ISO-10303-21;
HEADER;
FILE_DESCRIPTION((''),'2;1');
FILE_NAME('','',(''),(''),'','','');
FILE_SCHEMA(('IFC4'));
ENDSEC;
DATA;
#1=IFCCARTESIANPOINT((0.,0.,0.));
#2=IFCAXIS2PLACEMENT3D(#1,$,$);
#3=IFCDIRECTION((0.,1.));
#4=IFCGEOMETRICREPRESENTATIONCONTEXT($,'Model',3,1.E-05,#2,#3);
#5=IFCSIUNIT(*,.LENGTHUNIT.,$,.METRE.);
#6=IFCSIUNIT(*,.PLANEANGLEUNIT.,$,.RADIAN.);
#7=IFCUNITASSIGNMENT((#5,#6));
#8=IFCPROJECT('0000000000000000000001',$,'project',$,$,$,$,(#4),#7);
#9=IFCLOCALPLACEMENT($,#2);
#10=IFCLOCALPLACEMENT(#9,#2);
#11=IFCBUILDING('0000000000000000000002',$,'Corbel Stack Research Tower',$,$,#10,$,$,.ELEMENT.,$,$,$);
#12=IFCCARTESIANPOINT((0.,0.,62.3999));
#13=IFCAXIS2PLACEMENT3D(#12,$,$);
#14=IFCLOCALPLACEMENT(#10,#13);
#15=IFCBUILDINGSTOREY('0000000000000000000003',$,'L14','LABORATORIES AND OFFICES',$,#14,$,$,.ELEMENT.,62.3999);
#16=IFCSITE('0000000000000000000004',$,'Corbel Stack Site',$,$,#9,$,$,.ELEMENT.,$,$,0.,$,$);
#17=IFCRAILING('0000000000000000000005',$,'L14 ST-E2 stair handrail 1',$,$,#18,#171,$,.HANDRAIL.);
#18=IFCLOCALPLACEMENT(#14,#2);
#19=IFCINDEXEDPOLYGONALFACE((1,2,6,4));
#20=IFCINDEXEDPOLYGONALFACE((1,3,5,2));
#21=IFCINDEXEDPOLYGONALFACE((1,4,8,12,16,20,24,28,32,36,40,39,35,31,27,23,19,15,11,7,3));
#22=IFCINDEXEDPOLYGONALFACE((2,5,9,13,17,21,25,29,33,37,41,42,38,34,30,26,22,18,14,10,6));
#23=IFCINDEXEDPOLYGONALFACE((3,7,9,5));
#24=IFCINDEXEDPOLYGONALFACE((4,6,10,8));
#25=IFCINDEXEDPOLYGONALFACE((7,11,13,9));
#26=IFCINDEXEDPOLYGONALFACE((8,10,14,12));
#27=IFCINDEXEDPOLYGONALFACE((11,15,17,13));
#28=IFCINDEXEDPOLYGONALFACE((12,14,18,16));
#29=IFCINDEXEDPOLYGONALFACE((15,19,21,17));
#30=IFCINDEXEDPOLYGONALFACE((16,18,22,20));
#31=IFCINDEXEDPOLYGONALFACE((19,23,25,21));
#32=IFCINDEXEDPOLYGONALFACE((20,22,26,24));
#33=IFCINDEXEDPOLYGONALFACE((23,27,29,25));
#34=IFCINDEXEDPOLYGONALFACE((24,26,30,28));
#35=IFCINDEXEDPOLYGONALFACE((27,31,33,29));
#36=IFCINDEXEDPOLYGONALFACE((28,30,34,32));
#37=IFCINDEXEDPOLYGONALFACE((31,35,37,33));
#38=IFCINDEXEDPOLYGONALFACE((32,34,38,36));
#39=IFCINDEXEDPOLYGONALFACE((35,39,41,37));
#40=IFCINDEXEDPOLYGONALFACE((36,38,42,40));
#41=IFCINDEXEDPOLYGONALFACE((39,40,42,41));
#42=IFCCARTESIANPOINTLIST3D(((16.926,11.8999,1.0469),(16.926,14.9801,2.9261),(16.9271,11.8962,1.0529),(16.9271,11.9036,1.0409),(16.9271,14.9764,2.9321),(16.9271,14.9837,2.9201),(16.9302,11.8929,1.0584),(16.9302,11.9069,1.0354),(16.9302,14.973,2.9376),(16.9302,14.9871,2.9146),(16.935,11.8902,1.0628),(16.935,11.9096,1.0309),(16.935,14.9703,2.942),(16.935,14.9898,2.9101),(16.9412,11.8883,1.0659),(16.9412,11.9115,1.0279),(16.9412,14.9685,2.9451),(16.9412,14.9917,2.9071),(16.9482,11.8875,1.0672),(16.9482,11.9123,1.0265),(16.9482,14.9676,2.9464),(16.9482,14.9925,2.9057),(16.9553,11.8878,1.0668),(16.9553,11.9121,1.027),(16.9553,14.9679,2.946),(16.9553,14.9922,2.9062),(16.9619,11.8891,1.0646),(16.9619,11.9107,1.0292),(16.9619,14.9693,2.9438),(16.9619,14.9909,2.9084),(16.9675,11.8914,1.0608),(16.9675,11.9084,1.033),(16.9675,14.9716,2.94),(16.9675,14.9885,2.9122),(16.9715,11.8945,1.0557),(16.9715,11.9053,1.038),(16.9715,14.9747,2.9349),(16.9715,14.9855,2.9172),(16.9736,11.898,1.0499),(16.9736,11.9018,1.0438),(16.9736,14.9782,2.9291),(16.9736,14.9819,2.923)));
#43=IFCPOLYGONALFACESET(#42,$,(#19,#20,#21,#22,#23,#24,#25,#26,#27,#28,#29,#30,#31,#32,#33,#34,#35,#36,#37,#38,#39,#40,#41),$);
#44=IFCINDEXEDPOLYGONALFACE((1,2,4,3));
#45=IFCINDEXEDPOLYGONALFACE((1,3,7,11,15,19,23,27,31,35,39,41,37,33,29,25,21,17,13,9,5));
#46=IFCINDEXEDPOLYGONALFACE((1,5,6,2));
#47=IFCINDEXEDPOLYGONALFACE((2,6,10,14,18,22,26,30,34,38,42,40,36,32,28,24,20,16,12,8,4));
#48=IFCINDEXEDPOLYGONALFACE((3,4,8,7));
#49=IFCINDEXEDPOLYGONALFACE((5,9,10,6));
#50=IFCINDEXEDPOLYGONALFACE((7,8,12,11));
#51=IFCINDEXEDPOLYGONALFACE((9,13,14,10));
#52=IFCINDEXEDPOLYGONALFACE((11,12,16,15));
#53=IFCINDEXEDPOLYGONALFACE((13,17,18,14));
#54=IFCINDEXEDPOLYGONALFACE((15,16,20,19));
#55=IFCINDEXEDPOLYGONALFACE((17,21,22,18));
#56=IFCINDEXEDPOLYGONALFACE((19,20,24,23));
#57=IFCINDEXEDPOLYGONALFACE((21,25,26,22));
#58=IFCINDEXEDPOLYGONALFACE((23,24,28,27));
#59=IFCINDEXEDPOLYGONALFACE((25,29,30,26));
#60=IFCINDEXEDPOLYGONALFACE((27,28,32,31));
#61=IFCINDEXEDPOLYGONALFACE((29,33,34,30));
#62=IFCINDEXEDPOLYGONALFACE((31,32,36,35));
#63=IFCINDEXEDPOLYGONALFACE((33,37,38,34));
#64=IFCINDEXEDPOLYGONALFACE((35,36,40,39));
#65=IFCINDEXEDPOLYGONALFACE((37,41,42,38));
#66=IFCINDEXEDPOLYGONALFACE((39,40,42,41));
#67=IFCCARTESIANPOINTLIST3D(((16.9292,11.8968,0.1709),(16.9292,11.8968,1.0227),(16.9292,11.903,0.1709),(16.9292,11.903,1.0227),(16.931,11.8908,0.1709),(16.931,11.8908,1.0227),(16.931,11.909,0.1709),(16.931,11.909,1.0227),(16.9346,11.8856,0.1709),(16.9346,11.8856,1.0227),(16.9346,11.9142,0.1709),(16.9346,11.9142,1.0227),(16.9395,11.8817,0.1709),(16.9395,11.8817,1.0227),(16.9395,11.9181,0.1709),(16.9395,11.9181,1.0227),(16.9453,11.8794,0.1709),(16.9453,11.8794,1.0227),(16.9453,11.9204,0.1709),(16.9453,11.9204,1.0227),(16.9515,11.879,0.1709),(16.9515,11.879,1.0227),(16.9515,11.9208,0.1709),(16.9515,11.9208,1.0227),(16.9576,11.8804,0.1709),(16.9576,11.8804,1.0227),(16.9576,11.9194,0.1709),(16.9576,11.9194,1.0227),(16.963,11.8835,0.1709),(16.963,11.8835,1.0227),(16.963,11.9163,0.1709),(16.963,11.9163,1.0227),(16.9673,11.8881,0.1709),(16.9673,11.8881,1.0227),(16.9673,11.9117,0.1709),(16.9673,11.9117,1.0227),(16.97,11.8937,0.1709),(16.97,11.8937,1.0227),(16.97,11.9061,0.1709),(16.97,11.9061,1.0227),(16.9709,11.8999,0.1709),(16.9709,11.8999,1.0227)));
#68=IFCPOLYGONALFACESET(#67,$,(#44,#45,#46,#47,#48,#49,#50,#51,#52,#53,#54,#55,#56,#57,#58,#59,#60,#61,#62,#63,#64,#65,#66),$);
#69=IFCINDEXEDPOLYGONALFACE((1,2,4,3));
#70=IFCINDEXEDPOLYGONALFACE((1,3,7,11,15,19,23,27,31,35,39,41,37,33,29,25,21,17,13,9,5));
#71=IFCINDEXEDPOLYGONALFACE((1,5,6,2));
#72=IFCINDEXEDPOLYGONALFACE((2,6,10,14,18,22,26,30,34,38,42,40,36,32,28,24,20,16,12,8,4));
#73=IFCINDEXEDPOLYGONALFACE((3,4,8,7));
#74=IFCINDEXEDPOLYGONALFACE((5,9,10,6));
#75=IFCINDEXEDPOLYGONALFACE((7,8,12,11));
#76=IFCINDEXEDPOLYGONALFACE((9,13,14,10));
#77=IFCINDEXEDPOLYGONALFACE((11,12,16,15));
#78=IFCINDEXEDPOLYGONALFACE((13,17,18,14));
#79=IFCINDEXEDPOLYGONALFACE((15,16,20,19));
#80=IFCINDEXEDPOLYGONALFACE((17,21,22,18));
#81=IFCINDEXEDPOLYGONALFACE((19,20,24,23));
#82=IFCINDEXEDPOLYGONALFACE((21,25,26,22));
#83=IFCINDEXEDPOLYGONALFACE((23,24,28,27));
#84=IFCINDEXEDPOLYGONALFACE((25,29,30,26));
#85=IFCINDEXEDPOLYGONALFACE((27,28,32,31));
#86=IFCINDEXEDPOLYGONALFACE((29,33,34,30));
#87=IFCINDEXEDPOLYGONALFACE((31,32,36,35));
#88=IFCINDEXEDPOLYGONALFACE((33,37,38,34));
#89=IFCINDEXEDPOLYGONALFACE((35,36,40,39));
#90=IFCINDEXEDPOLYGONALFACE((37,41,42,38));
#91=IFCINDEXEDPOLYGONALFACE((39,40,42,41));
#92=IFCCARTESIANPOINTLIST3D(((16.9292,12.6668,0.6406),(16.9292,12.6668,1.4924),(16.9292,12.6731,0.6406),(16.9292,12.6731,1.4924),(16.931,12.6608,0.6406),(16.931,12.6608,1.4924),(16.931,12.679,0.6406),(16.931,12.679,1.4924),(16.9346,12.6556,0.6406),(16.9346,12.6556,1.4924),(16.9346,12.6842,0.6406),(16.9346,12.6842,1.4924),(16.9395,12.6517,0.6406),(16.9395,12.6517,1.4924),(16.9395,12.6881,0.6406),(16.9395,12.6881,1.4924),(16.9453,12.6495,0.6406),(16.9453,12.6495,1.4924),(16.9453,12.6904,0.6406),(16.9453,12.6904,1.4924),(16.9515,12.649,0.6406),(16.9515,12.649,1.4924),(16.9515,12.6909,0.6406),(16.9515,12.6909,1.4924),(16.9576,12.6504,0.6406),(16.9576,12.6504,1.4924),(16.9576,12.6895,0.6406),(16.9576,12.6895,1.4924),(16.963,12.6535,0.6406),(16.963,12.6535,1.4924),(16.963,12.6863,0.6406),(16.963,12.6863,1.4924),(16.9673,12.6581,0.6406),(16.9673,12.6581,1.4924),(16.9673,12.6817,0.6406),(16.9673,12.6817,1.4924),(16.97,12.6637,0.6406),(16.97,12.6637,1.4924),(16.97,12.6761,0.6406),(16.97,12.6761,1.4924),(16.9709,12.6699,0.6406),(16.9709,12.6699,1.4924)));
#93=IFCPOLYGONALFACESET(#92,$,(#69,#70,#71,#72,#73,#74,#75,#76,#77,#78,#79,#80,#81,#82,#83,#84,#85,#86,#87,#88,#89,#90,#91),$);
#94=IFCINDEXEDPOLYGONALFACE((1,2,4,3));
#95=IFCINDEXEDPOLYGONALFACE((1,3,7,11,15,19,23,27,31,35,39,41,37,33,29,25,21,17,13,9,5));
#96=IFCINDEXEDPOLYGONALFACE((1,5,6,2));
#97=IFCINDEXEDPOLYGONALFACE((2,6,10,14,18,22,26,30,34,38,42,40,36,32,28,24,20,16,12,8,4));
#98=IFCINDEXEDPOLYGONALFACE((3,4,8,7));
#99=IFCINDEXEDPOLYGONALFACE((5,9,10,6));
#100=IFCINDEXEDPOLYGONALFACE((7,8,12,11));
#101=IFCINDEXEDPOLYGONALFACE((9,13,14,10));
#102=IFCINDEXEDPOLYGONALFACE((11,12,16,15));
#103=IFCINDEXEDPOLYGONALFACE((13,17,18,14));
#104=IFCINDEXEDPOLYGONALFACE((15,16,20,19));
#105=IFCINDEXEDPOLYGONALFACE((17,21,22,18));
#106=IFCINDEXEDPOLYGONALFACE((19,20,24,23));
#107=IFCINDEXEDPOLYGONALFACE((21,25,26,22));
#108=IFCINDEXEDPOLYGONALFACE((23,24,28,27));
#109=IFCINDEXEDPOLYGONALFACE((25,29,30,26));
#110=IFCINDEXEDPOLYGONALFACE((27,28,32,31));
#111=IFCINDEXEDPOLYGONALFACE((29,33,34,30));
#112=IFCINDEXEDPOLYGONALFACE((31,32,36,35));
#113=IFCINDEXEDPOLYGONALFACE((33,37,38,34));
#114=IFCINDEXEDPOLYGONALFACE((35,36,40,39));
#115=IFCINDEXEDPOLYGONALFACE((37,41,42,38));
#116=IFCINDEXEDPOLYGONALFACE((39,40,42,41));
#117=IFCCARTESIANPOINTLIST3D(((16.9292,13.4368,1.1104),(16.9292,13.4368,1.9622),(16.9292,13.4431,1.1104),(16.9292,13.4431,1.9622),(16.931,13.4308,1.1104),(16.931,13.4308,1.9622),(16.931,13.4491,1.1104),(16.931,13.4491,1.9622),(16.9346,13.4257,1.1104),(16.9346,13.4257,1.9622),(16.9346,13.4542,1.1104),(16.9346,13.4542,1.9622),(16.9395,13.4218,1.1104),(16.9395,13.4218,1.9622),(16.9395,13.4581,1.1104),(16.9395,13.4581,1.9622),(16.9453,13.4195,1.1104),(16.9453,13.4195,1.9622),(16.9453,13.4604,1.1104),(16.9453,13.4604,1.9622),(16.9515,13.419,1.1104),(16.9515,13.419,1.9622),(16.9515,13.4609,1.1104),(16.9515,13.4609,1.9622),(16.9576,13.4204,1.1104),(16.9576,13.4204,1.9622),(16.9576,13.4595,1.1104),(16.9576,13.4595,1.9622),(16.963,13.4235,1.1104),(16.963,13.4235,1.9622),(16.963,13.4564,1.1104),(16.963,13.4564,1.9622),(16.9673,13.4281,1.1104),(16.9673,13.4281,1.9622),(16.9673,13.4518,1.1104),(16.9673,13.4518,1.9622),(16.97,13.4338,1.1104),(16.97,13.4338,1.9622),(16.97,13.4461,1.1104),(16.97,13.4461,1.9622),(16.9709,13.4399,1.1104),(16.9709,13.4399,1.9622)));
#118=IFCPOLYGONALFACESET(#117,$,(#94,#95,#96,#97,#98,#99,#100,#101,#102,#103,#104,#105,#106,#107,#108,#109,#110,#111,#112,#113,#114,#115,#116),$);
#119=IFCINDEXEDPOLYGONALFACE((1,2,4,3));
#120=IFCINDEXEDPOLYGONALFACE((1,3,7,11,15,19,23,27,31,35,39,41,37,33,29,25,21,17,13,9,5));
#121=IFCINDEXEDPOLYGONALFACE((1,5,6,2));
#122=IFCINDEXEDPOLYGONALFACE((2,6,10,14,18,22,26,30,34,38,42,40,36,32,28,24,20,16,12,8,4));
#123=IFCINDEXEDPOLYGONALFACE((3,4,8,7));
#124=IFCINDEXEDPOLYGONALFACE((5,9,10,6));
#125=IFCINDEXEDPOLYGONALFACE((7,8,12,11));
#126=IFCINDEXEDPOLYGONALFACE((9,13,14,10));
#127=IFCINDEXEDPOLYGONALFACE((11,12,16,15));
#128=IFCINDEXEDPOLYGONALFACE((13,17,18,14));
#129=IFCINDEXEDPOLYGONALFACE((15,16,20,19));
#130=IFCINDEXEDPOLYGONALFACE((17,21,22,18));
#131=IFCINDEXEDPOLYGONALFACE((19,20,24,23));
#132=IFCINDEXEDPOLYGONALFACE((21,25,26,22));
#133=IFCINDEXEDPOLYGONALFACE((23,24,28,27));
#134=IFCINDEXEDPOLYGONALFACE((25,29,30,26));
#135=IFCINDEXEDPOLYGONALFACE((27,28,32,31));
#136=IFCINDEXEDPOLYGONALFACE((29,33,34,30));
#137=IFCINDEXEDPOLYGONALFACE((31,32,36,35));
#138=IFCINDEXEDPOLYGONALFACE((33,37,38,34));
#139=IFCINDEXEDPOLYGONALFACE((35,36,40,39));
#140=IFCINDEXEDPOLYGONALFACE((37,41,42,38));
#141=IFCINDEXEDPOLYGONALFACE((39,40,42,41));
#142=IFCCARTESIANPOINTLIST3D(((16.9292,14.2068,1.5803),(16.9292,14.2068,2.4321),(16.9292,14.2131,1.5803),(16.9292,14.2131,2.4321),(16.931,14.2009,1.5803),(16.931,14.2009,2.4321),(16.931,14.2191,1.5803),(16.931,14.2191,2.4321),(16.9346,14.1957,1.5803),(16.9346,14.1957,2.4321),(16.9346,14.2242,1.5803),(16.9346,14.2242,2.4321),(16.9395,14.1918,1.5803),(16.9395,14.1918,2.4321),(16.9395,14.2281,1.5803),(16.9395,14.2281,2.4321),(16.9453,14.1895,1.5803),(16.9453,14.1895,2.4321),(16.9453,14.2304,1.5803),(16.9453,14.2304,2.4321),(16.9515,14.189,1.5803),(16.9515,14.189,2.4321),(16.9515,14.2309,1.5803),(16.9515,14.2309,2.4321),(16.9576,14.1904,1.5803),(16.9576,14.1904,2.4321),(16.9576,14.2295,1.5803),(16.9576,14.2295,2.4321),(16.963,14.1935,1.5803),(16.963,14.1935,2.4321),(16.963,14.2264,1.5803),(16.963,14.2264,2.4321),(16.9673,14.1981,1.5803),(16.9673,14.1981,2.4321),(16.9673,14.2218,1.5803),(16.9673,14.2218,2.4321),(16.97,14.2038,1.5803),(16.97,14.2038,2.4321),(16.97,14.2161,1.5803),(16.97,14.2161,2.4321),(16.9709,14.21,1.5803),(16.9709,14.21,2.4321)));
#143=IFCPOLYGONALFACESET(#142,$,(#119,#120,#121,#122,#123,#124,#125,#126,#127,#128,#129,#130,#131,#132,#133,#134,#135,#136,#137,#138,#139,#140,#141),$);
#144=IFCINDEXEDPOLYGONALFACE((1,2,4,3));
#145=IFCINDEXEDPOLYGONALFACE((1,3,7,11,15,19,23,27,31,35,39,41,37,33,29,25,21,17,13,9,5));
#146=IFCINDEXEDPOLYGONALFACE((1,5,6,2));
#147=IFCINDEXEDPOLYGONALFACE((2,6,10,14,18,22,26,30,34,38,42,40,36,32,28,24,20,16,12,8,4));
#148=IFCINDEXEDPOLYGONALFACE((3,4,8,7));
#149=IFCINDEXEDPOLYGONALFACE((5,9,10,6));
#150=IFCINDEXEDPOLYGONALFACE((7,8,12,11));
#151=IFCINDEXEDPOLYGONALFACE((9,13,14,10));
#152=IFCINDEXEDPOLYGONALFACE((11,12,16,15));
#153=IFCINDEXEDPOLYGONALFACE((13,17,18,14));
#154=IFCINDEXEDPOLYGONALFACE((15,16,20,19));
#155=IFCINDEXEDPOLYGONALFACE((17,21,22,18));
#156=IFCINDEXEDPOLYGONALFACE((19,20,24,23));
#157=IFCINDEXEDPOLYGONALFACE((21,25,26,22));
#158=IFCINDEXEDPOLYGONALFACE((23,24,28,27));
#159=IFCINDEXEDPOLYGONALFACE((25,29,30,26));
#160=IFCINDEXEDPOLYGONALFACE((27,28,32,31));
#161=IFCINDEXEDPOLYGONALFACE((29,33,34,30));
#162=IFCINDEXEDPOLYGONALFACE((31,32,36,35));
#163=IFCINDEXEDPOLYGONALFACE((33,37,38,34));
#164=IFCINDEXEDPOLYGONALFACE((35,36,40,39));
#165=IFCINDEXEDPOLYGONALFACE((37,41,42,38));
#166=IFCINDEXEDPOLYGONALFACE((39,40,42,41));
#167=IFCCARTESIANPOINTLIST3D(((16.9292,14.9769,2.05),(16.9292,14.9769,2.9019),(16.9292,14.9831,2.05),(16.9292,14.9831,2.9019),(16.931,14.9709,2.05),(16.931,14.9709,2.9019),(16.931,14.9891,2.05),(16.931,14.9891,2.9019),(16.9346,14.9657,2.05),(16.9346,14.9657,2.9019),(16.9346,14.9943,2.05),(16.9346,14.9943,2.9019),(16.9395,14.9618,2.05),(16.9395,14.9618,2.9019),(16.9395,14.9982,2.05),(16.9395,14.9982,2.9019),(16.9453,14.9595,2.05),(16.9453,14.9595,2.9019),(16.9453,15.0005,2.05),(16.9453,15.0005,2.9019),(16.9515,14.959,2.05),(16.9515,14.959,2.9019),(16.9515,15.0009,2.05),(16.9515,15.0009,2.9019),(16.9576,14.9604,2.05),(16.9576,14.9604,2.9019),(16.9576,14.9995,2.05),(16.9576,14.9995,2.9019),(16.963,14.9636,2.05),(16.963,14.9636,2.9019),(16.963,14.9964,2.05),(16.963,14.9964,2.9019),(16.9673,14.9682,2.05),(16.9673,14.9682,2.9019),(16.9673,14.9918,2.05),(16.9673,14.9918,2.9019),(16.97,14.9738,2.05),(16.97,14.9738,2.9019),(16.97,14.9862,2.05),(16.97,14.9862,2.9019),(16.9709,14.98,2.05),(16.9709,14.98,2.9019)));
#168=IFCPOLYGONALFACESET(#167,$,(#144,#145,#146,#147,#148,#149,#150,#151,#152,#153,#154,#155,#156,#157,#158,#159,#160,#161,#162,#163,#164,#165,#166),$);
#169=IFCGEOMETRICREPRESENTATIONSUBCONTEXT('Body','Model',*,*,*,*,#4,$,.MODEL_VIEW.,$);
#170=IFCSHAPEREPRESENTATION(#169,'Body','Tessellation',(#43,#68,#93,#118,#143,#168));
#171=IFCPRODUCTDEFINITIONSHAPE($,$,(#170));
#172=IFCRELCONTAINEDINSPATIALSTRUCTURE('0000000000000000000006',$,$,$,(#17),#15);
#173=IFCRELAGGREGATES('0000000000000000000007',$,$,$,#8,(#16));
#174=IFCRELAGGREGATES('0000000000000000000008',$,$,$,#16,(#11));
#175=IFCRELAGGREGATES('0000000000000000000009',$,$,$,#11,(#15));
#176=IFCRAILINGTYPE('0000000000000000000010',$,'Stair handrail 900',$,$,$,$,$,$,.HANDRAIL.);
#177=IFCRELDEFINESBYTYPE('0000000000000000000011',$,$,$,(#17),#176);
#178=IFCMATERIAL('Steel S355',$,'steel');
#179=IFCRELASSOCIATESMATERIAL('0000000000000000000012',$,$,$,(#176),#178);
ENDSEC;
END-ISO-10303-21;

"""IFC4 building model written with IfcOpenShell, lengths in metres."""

from ifc_helpers import new_model, si_unit, direction, frame, origin, origin_2d, place, context, subcontext, project, spatial, circle, extrude, material, type_object, element, save


model = new_model("IFC4")

# Units and contexts
model_context = context("Model", 3, precision=1e-05, world=origin(), true_north=direction((0.0, 1.0)))
body_context = subcontext(model_context, "Body", "Model", "MODEL_VIEW")
ifc_project = project(units=[si_unit("LENGTHUNIT", "METRE"), si_unit("PLANEANGLEUNIT", "RADIAN")], contexts=[model_context])

# Site, building, storey
site_placement = place(None, origin())
site = spatial("IfcSite", under=ifc_project, at=site_placement, Name="Corbel Stack Site", CompositionType="ELEMENT", RefElevation=0.0)
building_placement = place(site_placement, origin())
building = spatial("IfcBuilding", under=site, at=building_placement, Name="Corbel Stack Research Tower", CompositionType="ELEMENT")
storey_placement = place(building_placement, frame((0.0, 0.0, 62.3999)))
storey = spatial("IfcBuildingStorey", under=building, at=storey_placement, Name="L14", Description="LABORATORIES AND OFFICES", CompositionType="ELEMENT", Elevation=62.3999)

# Railing
ifc_material_1 = material(Name="Steel S355", Category="steel")
railing_type_1 = type_object("IfcRailingType", Name="Stair handrail 900", PredefinedType="HANDRAIL", material=ifc_material_1)
railing_1_placement = place(storey_placement, frame((16.95, 11.8999, 0.1709)))
element("IfcRailing", 1, at=railing_1_placement, inside=storey, type_object=railing_type_1, Name="L14 ST-E2 stair handrail 1", PredefinedType="HANDRAIL", context=body_context, shape_type="SweptSolid", body=[
    extrude(circle(Radius=0.0239, at=origin_2d()), frame((0.0, 0.0, 0.876), z_axis=(0.0, 0.853666, 0.52082), x_axis=(-1.0, 0.0, 0.0)), (0.0, 0.0, 1.0), 3.6082),
    extrude(circle(Radius=0.021, at=origin_2d()), origin(), (0.0, 0.0, 1.0), 0.8518),
    extrude(circle(Radius=0.021, at=origin_2d()), frame((0.0, 0.77, 0.4697)), (0.0, 0.0, 1.0), 0.8518),
    extrude(circle(Radius=0.021, at=origin_2d()), frame((0.0, 1.54, 0.9395)), (0.0, 0.0, 1.0), 0.8518),
    extrude(circle(Radius=0.021, at=origin_2d()), frame((0.0, 2.3101, 1.4094)), (0.0, 0.0, 1.0), 0.8518),
    extrude(circle(Radius=0.021, at=origin_2d()), frame((0.0, 3.0801, 1.8792)), (0.0, 0.0, 1.0), 0.8518),
])

save(model, "model.ifc")
